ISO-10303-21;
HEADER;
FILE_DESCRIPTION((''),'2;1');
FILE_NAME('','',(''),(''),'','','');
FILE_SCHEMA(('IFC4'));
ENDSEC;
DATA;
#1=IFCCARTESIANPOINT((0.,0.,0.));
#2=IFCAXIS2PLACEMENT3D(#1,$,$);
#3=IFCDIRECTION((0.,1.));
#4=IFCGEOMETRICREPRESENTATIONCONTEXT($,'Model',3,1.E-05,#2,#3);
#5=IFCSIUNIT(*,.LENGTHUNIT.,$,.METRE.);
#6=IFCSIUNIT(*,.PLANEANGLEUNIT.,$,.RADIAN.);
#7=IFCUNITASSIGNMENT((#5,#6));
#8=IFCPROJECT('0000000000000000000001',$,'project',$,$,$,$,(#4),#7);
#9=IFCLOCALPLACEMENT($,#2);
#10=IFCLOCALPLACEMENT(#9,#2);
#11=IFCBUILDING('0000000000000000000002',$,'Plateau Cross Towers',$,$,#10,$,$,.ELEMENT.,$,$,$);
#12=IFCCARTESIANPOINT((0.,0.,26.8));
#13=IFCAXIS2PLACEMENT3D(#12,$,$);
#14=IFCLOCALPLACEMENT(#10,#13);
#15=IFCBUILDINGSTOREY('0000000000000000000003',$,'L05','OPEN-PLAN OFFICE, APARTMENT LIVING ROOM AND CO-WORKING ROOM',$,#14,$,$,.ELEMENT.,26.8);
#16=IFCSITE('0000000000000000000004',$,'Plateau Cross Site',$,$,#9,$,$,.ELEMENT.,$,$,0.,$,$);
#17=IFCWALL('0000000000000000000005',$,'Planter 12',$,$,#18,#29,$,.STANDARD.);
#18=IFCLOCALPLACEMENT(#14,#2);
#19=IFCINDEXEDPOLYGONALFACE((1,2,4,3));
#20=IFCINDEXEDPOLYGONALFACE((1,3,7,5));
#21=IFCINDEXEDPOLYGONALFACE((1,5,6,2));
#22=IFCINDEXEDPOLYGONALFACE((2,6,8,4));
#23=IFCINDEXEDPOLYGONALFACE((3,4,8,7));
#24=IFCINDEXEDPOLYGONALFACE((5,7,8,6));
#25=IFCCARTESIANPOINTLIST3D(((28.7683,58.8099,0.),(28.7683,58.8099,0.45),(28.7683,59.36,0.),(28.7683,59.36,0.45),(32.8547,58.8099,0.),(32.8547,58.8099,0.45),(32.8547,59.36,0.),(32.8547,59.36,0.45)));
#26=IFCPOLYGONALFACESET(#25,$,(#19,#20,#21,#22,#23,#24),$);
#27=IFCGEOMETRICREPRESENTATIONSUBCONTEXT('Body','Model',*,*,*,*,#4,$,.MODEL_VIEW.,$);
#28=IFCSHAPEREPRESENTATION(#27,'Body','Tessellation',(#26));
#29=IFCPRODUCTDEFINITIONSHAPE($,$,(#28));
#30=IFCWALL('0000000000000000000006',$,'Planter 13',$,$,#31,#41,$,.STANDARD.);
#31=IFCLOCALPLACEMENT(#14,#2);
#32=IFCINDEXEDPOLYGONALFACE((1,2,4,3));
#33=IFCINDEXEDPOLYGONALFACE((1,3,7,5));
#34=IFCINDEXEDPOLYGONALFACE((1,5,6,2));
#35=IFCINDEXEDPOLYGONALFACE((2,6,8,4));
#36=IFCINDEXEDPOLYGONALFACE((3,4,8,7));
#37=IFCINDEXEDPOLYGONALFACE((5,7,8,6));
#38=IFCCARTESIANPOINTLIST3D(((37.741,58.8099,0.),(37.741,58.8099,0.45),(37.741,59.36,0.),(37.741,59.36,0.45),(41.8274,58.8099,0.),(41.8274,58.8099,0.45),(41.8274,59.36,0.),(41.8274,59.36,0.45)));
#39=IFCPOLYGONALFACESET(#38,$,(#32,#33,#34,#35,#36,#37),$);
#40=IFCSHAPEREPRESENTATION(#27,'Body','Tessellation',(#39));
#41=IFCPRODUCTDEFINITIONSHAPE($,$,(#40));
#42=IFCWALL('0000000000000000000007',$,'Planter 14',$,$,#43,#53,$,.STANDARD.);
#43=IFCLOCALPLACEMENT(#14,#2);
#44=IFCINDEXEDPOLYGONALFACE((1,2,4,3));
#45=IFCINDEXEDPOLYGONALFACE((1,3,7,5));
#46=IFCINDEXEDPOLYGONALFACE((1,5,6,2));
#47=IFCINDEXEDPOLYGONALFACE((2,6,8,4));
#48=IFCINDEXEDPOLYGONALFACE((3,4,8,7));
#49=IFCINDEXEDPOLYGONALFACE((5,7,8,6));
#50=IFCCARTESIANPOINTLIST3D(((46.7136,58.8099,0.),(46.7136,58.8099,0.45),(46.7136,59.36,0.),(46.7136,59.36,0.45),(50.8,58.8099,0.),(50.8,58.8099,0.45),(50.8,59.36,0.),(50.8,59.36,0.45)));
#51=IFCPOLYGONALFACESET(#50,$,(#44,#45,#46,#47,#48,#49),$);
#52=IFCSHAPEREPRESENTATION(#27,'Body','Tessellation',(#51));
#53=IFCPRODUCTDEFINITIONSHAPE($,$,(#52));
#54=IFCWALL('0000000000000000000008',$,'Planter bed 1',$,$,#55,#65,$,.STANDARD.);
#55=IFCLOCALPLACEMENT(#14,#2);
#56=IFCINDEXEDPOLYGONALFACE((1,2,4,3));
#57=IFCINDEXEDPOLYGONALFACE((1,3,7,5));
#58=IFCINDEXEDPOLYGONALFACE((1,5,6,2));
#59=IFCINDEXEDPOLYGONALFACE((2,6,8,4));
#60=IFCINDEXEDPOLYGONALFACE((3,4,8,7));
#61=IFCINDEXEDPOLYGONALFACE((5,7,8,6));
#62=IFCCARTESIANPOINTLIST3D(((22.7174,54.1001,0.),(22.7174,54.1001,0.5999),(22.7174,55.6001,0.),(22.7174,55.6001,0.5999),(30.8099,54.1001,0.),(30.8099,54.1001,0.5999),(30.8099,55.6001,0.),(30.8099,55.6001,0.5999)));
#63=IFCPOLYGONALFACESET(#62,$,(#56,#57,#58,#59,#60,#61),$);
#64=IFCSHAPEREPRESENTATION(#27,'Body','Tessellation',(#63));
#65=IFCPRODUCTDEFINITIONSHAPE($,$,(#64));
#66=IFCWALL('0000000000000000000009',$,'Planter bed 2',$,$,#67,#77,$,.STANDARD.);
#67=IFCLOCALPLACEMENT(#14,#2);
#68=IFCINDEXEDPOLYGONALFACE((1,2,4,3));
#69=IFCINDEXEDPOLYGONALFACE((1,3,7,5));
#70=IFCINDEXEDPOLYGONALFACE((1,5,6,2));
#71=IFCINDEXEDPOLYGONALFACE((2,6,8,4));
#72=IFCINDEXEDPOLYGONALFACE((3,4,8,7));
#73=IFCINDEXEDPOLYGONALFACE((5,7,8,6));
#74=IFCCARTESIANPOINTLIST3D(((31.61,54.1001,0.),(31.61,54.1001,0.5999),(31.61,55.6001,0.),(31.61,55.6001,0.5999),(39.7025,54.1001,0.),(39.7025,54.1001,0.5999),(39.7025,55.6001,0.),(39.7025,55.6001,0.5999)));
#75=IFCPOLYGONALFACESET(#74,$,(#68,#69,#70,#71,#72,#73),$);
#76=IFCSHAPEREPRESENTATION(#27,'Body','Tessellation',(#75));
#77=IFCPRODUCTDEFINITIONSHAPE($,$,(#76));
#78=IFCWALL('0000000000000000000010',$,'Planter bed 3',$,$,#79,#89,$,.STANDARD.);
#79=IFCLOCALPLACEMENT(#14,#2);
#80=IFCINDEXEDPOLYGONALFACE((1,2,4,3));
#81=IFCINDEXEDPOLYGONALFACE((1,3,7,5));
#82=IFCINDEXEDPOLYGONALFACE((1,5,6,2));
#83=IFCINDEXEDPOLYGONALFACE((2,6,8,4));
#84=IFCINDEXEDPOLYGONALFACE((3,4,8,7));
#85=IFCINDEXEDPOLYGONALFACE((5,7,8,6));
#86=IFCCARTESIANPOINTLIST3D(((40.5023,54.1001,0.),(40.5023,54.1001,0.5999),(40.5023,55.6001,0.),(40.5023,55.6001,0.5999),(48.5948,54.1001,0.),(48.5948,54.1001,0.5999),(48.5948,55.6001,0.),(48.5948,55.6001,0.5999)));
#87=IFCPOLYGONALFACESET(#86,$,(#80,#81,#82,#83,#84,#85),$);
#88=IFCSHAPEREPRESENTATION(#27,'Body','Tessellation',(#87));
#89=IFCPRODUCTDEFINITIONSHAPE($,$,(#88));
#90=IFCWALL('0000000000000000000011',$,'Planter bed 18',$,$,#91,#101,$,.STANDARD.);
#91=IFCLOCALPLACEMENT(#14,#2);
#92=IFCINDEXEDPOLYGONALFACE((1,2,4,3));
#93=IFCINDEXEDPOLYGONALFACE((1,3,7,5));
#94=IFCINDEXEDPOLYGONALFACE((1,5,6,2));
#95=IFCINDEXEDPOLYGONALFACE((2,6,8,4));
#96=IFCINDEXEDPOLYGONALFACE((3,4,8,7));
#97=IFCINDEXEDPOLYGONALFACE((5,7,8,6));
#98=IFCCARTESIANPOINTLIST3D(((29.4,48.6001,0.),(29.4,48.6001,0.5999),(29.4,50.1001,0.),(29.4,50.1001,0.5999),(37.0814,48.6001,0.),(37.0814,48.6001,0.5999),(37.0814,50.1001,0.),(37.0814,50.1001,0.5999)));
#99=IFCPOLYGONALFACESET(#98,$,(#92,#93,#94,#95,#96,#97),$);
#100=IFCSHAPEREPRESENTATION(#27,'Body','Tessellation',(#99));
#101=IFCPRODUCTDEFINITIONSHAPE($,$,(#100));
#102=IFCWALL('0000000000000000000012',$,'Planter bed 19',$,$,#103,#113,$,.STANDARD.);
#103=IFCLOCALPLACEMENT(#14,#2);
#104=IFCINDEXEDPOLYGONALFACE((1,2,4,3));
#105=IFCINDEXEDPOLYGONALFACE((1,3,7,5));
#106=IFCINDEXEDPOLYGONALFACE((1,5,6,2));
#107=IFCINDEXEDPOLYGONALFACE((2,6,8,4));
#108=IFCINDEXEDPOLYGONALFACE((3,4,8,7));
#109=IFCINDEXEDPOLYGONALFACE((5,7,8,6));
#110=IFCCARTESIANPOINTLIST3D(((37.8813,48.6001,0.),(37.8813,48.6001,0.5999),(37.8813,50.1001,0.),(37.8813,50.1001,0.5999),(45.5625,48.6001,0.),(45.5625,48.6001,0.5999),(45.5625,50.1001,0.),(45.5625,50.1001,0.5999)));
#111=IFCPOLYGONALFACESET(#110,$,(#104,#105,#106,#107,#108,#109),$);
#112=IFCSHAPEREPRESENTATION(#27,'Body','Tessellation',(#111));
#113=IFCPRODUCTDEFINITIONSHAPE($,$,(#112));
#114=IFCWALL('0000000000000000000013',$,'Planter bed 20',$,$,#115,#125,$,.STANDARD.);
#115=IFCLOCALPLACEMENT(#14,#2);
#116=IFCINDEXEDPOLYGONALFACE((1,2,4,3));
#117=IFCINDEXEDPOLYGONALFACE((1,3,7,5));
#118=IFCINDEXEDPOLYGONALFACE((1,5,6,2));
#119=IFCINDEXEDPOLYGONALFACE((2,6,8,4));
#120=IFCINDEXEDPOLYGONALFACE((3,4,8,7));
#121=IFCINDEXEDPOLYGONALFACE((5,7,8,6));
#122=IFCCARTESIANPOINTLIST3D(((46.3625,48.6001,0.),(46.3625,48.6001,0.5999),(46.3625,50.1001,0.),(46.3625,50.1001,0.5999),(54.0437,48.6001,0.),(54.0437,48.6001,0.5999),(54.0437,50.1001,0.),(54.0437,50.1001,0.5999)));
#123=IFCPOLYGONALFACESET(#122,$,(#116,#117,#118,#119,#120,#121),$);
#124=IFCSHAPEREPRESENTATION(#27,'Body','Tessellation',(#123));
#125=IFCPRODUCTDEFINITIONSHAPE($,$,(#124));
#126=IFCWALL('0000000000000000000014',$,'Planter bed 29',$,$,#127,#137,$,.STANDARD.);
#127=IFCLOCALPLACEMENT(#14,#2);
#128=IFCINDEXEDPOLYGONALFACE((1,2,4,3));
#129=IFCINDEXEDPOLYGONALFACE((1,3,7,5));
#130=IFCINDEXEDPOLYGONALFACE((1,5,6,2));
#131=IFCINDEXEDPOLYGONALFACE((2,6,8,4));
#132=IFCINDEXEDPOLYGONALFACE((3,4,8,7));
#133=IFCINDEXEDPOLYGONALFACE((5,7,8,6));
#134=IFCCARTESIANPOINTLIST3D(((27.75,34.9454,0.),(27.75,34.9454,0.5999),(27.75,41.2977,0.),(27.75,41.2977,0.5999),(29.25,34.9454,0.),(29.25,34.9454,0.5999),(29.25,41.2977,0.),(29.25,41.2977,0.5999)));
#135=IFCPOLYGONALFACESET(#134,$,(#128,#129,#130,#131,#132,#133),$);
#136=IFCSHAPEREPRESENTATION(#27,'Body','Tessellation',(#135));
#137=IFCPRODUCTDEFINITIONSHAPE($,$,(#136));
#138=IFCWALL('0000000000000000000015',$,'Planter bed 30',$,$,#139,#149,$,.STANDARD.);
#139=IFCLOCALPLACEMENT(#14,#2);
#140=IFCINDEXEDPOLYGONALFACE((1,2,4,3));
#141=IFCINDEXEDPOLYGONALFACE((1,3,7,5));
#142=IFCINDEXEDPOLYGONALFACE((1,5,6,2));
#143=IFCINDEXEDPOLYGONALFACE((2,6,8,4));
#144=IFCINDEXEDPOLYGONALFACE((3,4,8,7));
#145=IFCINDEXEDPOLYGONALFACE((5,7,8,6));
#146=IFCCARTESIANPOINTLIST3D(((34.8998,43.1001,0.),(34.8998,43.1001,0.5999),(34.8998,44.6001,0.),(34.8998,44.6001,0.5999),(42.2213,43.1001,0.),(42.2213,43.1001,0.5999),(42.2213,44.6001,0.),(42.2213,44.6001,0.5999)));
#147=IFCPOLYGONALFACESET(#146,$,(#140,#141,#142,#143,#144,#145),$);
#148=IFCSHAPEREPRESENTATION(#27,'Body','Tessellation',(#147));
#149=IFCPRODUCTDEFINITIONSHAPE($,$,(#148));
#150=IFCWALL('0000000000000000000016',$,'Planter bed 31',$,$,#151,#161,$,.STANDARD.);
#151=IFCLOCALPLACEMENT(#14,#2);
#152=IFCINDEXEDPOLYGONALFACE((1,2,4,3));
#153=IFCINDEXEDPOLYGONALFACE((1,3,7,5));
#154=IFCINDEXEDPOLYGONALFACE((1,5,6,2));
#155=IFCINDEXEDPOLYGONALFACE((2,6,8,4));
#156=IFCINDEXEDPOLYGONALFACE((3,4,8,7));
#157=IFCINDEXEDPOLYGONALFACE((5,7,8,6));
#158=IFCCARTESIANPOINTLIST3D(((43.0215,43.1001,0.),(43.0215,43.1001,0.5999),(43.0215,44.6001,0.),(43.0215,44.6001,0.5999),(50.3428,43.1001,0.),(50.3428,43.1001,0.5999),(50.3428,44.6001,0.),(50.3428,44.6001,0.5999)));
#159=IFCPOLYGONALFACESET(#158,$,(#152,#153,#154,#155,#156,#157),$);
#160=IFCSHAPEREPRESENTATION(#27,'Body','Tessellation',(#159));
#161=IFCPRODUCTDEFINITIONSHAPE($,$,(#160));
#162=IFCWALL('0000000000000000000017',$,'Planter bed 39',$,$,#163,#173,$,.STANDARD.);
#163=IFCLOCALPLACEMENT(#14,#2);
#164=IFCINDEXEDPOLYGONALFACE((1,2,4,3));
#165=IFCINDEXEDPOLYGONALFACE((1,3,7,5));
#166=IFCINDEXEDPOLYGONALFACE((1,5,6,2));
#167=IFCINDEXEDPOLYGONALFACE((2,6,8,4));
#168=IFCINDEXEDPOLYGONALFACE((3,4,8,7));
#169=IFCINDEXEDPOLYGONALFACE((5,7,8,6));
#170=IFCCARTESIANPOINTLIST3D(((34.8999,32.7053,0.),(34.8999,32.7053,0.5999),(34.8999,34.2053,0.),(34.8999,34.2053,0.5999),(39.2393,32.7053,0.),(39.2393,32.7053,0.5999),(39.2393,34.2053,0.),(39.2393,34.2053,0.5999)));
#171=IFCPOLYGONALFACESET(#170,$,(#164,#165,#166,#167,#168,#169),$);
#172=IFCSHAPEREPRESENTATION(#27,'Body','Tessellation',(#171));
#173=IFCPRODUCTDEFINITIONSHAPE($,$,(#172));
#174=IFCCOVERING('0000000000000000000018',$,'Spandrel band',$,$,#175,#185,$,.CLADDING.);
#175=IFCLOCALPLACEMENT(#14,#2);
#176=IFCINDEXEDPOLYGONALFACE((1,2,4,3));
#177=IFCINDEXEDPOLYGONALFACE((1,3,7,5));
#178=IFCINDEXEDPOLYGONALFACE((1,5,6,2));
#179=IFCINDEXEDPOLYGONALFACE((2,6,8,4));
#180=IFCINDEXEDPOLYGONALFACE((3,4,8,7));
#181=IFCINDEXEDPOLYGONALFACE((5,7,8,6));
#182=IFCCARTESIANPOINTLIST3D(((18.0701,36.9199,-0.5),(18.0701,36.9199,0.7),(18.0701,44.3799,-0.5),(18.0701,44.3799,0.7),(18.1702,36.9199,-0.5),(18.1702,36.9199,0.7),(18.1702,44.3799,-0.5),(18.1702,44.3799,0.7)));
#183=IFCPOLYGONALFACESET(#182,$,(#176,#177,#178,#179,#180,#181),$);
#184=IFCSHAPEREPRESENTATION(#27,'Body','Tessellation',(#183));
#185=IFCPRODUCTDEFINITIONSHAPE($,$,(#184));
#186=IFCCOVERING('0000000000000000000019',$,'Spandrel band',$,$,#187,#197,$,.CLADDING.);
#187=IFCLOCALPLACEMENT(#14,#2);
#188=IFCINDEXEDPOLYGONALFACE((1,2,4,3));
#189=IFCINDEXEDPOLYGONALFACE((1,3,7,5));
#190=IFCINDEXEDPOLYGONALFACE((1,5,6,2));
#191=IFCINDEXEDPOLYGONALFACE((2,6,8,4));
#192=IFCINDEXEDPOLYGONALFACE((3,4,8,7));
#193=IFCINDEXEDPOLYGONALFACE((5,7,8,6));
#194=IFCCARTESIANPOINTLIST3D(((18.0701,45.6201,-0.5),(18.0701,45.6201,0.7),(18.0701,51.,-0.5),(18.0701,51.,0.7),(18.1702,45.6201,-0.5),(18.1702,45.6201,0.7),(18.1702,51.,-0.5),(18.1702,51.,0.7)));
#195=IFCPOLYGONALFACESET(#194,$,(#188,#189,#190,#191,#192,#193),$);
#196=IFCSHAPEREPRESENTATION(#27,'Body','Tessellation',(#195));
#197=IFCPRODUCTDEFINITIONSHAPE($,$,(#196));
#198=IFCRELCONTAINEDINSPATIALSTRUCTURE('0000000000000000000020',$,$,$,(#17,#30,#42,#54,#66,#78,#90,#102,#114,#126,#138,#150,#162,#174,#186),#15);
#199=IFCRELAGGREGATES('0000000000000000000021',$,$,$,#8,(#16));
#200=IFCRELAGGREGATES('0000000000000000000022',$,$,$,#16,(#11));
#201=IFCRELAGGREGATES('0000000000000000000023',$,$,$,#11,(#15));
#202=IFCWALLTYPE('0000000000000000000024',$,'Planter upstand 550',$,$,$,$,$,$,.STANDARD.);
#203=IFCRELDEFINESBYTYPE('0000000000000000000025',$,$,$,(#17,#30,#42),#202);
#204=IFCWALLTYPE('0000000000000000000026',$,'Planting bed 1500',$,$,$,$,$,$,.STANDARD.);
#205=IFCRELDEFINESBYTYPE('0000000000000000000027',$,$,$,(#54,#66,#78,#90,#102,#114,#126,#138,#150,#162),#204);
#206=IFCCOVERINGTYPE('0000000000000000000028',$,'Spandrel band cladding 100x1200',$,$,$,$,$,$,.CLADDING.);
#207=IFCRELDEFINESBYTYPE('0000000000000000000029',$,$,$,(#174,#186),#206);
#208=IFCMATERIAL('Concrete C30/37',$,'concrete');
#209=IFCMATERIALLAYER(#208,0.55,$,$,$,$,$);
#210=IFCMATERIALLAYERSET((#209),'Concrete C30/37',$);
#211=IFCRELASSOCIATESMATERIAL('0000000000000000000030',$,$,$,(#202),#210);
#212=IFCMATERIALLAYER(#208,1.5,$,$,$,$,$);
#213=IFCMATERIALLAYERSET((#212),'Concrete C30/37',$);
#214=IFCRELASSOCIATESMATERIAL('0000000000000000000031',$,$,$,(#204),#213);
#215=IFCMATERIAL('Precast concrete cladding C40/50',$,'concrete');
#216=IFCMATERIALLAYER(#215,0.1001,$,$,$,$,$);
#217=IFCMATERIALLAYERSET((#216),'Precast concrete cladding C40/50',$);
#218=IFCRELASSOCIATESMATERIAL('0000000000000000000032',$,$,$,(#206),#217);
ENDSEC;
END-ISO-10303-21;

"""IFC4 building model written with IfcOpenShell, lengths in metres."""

from ifc_helpers import new_model, si_unit, direction, frame, frame_2d, origin, origin_2d, place, context, subcontext, project, spatial, rectangle, extrude, material, layer, layer_set, type_object, element, save


model = new_model("IFC4")

# Units and contexts
model_context = context("Model", 3, precision=1e-05, world=origin(), true_north=direction((0.0, 1.0)))
body_context = subcontext(model_context, "Body", "Model", "MODEL_VIEW")
ifc_project = project(units=[si_unit("LENGTHUNIT", "METRE"), si_unit("PLANEANGLEUNIT", "RADIAN")], contexts=[model_context])

# Site, building, storey
site_placement = place(None, origin())
site = spatial("IfcSite", under=ifc_project, at=site_placement, Name="Plateau Cross Site", CompositionType="ELEMENT", RefElevation=0.0)
building_placement = place(site_placement, origin())
building = spatial("IfcBuilding", under=site, at=building_placement, Name="Plateau Cross Towers", CompositionType="ELEMENT")
storey_placement = place(building_placement, frame((0.0, 0.0, 26.8)))
storey = spatial("IfcBuildingStorey", under=building, at=storey_placement, Name="L05", Description="OPEN-PLAN OFFICE, APARTMENT LIVING ROOM AND CO-WORKING ROOM", CompositionType="ELEMENT", Elevation=26.8)

# Walls
ifc_material_1 = material(Name="Concrete C30/37", Category="concrete")
ifc_layer_1 = layer(ifc_material_1, 0.55)
ifc_layer_set_1 = layer_set([ifc_layer_1], Name="Concrete C30/37")
wall_type_1 = type_object("IfcWallType", Name="Planter upstand 550", PredefinedType="STANDARD", material=ifc_layer_set_1)
for number, where, z_axis, x_axis, name in (
    (1, (28.7683, 59.085, 0.0), (0.0, 0.0, 1.0), (1.0, 0.0, 0.0), "Planter 12"),
    (2, (37.741, 59.085, 0.0), (0.0, 0.0, 1.0), (1.0, 0.0, 0.0), "Planter 13"),
    (3, (46.7136, 59.085, 0.0), (0.0, 0.0, 1.0), (1.0, 0.0, 0.0), "Planter 14"),
):
    element("IfcWall", number, at=place(storey_placement, frame(where, z_axis=z_axis, x_axis=x_axis)), inside=storey, type_object=wall_type_1, Name=name, PredefinedType="STANDARD", context=body_context, shape_type="SweptSolid", body=[
        extrude(rectangle(XDim=4.0864, YDim=0.55, at=frame_2d((2.0432, 0.0))), origin(), (0.0, 0.0, 1.0), 0.45),
    ])
ifc_layer_2 = layer(ifc_material_1, 1.5)
ifc_layer_set_2 = layer_set([ifc_layer_2], Name="Concrete C30/37")
wall_type_2 = type_object("IfcWallType", Name="Planting bed 1500", PredefinedType="STANDARD", material=ifc_layer_set_2)
for number, where, z_axis, x_axis, name in (
    (4, (22.7173, 54.8501, 0.0), (0.0, 0.0, 1.0), (1.0, 0.0, 0.0), "Planter bed 1"),
    (5, (31.6099, 54.8501, 0.0), (0.0, 0.0, 1.0), (1.0, 0.0, 0.0), "Planter bed 2"),
    (6, (40.5022, 54.8501, 0.0), (0.0, 0.0, 1.0), (1.0, 0.0, 0.0), "Planter bed 3"),
):
    element("IfcWall", number, at=place(storey_placement, frame(where, z_axis=z_axis, x_axis=x_axis)), inside=storey, type_object=wall_type_2, Name=name, PredefinedType="STANDARD", context=body_context, shape_type="SweptSolid", body=[
        extrude(rectangle(XDim=8.0925, YDim=1.5, at=frame_2d((4.0464, 0.0))), origin(), (0.0, 0.0, 1.0), 0.5999),
    ])
wall_1_placement = place(storey_placement, frame((29.3999, 49.3501, 0.0), z_axis=(0.0, 0.0, 1.0), x_axis=(1.0, 0.0, 0.0)))
element("IfcWall", 7, at=wall_1_placement, inside=storey, type_object=wall_type_2, Name="Planter bed 18", PredefinedType="STANDARD", context=body_context, shape_type="SweptSolid", body=[
    extrude(rectangle(XDim=7.6814, YDim=1.5, at=frame_2d((3.8408, 0.0))), origin(), (0.0, 0.0, 1.0), 0.5999),
])
for number, where, z_axis, x_axis, name in (
    (8, (37.8813, 49.3501, 0.0), (0.0, 0.0, 1.0), (1.0, 0.0, 0.0), "Planter bed 19"),
    (9, (46.3625, 49.3501, 0.0), (0.0, 0.0, 1.0), (1.0, 0.0, 0.0), "Planter bed 20"),
):
    element("IfcWall", number, at=place(storey_placement, frame(where, z_axis=z_axis, x_axis=x_axis)), inside=storey, type_object=wall_type_2, Name=name, PredefinedType="STANDARD", context=body_context, shape_type="SweptSolid", body=[
        extrude(rectangle(XDim=7.6812, YDim=1.5, at=frame_2d((3.8406, 0.0))), origin(), (0.0, 0.0, 1.0), 0.5999),
    ])
wall_2_placement = place(storey_placement, frame((28.5, 34.9453, 0.0), z_axis=(0.0, 0.0, 1.0), x_axis=(0.0, 1.0, 0.0)))
element("IfcWall", 10, at=wall_2_placement, inside=storey, type_object=wall_type_2, Name="Planter bed 29", PredefinedType="STANDARD", context=body_context, shape_type="SweptSolid", body=[
    extrude(rectangle(XDim=6.3523, YDim=1.5, at=frame_2d((3.1763, 0.0))), origin(), (0.0, 0.0, 1.0), 0.5999),
])
wall_3_placement = place(storey_placement, frame((34.8999, 43.8501, 0.0), z_axis=(0.0, 0.0, 1.0), x_axis=(1.0, 0.0, 0.0)))
element("IfcWall", 11, at=wall_3_placement, inside=storey, type_object=wall_type_2, Name="Planter bed 30", PredefinedType="STANDARD", context=body_context, shape_type="SweptSolid", body=[
    extrude(rectangle(XDim=7.3215, YDim=1.5, at=frame_2d((3.6606, 0.0))), origin(), (0.0, 0.0, 1.0), 0.5999),
])
wall_4_placement = place(storey_placement, frame((43.0215, 43.8501, 0.0), z_axis=(0.0, 0.0, 1.0), x_axis=(1.0, 0.0, 0.0)))
element("IfcWall", 12, at=wall_4_placement, inside=storey, type_object=wall_type_2, Name="Planter bed 31", PredefinedType="STANDARD", context=body_context, shape_type="SweptSolid", body=[
    extrude(rectangle(XDim=7.3213, YDim=1.5, at=frame_2d((3.6606, 0.0))), origin(), (0.0, 0.0, 1.0), 0.5999),
])
wall_5_placement = place(storey_placement, frame((39.2393, 33.4553, 0.0), z_axis=(0.0, 0.0, 1.0), x_axis=(-1.0, 0.0, 0.0)))
element("IfcWall", 13, at=wall_5_placement, inside=storey, type_object=wall_type_2, Name="Planter bed 39", PredefinedType="STANDARD", context=body_context, shape_type="SweptSolid", body=[
    extrude(rectangle(XDim=4.3394, YDim=1.5, at=frame_2d((2.1697, 0.0))), origin(), (0.0, 0.0, 1.0), 0.5999),
])

# Coverings
ifc_material_2 = material(Name="Precast concrete cladding C40/50", Category="concrete")
ifc_layer_3 = layer(ifc_material_2, 0.1001)
ifc_layer_set_3 = layer_set([ifc_layer_3], Name="Precast concrete cladding C40/50")
covering_type = type_object("IfcCoveringType", Name="Spandrel band cladding 100x1200", PredefinedType="CLADDING", material=ifc_layer_set_3)
covering_1_placement = place(storey_placement, frame((18.1201, 40.6499, -0.5), z_axis=(0.0, 0.0, 1.0), x_axis=(0.0, 1.0, 0.0)))
element("IfcCovering", 14, at=covering_1_placement, inside=storey, type_object=covering_type, Name="Spandrel band", PredefinedType="CLADDING", context=body_context, shape_type="SweptSolid", body=[
    extrude(rectangle(XDim=7.46, YDim=0.1001, at=origin_2d()), origin(), (0.0, 0.0, 1.0), 1.2),
])
covering_2_placement = place(storey_placement, frame((18.1201, 48.3101, -0.5), z_axis=(0.0, 0.0, 1.0), x_axis=(0.0, 1.0, 0.0)))
element("IfcCovering", 15, at=covering_2_placement, inside=storey, type_object=covering_type, Name="Spandrel band", PredefinedType="CLADDING", context=body_context, shape_type="SweptSolid", body=[
    extrude(rectangle(XDim=5.3799, YDim=0.1001, at=origin_2d()), origin(), (0.0, 0.0, 1.0), 1.2),
])

save(model, "model.ifc")
